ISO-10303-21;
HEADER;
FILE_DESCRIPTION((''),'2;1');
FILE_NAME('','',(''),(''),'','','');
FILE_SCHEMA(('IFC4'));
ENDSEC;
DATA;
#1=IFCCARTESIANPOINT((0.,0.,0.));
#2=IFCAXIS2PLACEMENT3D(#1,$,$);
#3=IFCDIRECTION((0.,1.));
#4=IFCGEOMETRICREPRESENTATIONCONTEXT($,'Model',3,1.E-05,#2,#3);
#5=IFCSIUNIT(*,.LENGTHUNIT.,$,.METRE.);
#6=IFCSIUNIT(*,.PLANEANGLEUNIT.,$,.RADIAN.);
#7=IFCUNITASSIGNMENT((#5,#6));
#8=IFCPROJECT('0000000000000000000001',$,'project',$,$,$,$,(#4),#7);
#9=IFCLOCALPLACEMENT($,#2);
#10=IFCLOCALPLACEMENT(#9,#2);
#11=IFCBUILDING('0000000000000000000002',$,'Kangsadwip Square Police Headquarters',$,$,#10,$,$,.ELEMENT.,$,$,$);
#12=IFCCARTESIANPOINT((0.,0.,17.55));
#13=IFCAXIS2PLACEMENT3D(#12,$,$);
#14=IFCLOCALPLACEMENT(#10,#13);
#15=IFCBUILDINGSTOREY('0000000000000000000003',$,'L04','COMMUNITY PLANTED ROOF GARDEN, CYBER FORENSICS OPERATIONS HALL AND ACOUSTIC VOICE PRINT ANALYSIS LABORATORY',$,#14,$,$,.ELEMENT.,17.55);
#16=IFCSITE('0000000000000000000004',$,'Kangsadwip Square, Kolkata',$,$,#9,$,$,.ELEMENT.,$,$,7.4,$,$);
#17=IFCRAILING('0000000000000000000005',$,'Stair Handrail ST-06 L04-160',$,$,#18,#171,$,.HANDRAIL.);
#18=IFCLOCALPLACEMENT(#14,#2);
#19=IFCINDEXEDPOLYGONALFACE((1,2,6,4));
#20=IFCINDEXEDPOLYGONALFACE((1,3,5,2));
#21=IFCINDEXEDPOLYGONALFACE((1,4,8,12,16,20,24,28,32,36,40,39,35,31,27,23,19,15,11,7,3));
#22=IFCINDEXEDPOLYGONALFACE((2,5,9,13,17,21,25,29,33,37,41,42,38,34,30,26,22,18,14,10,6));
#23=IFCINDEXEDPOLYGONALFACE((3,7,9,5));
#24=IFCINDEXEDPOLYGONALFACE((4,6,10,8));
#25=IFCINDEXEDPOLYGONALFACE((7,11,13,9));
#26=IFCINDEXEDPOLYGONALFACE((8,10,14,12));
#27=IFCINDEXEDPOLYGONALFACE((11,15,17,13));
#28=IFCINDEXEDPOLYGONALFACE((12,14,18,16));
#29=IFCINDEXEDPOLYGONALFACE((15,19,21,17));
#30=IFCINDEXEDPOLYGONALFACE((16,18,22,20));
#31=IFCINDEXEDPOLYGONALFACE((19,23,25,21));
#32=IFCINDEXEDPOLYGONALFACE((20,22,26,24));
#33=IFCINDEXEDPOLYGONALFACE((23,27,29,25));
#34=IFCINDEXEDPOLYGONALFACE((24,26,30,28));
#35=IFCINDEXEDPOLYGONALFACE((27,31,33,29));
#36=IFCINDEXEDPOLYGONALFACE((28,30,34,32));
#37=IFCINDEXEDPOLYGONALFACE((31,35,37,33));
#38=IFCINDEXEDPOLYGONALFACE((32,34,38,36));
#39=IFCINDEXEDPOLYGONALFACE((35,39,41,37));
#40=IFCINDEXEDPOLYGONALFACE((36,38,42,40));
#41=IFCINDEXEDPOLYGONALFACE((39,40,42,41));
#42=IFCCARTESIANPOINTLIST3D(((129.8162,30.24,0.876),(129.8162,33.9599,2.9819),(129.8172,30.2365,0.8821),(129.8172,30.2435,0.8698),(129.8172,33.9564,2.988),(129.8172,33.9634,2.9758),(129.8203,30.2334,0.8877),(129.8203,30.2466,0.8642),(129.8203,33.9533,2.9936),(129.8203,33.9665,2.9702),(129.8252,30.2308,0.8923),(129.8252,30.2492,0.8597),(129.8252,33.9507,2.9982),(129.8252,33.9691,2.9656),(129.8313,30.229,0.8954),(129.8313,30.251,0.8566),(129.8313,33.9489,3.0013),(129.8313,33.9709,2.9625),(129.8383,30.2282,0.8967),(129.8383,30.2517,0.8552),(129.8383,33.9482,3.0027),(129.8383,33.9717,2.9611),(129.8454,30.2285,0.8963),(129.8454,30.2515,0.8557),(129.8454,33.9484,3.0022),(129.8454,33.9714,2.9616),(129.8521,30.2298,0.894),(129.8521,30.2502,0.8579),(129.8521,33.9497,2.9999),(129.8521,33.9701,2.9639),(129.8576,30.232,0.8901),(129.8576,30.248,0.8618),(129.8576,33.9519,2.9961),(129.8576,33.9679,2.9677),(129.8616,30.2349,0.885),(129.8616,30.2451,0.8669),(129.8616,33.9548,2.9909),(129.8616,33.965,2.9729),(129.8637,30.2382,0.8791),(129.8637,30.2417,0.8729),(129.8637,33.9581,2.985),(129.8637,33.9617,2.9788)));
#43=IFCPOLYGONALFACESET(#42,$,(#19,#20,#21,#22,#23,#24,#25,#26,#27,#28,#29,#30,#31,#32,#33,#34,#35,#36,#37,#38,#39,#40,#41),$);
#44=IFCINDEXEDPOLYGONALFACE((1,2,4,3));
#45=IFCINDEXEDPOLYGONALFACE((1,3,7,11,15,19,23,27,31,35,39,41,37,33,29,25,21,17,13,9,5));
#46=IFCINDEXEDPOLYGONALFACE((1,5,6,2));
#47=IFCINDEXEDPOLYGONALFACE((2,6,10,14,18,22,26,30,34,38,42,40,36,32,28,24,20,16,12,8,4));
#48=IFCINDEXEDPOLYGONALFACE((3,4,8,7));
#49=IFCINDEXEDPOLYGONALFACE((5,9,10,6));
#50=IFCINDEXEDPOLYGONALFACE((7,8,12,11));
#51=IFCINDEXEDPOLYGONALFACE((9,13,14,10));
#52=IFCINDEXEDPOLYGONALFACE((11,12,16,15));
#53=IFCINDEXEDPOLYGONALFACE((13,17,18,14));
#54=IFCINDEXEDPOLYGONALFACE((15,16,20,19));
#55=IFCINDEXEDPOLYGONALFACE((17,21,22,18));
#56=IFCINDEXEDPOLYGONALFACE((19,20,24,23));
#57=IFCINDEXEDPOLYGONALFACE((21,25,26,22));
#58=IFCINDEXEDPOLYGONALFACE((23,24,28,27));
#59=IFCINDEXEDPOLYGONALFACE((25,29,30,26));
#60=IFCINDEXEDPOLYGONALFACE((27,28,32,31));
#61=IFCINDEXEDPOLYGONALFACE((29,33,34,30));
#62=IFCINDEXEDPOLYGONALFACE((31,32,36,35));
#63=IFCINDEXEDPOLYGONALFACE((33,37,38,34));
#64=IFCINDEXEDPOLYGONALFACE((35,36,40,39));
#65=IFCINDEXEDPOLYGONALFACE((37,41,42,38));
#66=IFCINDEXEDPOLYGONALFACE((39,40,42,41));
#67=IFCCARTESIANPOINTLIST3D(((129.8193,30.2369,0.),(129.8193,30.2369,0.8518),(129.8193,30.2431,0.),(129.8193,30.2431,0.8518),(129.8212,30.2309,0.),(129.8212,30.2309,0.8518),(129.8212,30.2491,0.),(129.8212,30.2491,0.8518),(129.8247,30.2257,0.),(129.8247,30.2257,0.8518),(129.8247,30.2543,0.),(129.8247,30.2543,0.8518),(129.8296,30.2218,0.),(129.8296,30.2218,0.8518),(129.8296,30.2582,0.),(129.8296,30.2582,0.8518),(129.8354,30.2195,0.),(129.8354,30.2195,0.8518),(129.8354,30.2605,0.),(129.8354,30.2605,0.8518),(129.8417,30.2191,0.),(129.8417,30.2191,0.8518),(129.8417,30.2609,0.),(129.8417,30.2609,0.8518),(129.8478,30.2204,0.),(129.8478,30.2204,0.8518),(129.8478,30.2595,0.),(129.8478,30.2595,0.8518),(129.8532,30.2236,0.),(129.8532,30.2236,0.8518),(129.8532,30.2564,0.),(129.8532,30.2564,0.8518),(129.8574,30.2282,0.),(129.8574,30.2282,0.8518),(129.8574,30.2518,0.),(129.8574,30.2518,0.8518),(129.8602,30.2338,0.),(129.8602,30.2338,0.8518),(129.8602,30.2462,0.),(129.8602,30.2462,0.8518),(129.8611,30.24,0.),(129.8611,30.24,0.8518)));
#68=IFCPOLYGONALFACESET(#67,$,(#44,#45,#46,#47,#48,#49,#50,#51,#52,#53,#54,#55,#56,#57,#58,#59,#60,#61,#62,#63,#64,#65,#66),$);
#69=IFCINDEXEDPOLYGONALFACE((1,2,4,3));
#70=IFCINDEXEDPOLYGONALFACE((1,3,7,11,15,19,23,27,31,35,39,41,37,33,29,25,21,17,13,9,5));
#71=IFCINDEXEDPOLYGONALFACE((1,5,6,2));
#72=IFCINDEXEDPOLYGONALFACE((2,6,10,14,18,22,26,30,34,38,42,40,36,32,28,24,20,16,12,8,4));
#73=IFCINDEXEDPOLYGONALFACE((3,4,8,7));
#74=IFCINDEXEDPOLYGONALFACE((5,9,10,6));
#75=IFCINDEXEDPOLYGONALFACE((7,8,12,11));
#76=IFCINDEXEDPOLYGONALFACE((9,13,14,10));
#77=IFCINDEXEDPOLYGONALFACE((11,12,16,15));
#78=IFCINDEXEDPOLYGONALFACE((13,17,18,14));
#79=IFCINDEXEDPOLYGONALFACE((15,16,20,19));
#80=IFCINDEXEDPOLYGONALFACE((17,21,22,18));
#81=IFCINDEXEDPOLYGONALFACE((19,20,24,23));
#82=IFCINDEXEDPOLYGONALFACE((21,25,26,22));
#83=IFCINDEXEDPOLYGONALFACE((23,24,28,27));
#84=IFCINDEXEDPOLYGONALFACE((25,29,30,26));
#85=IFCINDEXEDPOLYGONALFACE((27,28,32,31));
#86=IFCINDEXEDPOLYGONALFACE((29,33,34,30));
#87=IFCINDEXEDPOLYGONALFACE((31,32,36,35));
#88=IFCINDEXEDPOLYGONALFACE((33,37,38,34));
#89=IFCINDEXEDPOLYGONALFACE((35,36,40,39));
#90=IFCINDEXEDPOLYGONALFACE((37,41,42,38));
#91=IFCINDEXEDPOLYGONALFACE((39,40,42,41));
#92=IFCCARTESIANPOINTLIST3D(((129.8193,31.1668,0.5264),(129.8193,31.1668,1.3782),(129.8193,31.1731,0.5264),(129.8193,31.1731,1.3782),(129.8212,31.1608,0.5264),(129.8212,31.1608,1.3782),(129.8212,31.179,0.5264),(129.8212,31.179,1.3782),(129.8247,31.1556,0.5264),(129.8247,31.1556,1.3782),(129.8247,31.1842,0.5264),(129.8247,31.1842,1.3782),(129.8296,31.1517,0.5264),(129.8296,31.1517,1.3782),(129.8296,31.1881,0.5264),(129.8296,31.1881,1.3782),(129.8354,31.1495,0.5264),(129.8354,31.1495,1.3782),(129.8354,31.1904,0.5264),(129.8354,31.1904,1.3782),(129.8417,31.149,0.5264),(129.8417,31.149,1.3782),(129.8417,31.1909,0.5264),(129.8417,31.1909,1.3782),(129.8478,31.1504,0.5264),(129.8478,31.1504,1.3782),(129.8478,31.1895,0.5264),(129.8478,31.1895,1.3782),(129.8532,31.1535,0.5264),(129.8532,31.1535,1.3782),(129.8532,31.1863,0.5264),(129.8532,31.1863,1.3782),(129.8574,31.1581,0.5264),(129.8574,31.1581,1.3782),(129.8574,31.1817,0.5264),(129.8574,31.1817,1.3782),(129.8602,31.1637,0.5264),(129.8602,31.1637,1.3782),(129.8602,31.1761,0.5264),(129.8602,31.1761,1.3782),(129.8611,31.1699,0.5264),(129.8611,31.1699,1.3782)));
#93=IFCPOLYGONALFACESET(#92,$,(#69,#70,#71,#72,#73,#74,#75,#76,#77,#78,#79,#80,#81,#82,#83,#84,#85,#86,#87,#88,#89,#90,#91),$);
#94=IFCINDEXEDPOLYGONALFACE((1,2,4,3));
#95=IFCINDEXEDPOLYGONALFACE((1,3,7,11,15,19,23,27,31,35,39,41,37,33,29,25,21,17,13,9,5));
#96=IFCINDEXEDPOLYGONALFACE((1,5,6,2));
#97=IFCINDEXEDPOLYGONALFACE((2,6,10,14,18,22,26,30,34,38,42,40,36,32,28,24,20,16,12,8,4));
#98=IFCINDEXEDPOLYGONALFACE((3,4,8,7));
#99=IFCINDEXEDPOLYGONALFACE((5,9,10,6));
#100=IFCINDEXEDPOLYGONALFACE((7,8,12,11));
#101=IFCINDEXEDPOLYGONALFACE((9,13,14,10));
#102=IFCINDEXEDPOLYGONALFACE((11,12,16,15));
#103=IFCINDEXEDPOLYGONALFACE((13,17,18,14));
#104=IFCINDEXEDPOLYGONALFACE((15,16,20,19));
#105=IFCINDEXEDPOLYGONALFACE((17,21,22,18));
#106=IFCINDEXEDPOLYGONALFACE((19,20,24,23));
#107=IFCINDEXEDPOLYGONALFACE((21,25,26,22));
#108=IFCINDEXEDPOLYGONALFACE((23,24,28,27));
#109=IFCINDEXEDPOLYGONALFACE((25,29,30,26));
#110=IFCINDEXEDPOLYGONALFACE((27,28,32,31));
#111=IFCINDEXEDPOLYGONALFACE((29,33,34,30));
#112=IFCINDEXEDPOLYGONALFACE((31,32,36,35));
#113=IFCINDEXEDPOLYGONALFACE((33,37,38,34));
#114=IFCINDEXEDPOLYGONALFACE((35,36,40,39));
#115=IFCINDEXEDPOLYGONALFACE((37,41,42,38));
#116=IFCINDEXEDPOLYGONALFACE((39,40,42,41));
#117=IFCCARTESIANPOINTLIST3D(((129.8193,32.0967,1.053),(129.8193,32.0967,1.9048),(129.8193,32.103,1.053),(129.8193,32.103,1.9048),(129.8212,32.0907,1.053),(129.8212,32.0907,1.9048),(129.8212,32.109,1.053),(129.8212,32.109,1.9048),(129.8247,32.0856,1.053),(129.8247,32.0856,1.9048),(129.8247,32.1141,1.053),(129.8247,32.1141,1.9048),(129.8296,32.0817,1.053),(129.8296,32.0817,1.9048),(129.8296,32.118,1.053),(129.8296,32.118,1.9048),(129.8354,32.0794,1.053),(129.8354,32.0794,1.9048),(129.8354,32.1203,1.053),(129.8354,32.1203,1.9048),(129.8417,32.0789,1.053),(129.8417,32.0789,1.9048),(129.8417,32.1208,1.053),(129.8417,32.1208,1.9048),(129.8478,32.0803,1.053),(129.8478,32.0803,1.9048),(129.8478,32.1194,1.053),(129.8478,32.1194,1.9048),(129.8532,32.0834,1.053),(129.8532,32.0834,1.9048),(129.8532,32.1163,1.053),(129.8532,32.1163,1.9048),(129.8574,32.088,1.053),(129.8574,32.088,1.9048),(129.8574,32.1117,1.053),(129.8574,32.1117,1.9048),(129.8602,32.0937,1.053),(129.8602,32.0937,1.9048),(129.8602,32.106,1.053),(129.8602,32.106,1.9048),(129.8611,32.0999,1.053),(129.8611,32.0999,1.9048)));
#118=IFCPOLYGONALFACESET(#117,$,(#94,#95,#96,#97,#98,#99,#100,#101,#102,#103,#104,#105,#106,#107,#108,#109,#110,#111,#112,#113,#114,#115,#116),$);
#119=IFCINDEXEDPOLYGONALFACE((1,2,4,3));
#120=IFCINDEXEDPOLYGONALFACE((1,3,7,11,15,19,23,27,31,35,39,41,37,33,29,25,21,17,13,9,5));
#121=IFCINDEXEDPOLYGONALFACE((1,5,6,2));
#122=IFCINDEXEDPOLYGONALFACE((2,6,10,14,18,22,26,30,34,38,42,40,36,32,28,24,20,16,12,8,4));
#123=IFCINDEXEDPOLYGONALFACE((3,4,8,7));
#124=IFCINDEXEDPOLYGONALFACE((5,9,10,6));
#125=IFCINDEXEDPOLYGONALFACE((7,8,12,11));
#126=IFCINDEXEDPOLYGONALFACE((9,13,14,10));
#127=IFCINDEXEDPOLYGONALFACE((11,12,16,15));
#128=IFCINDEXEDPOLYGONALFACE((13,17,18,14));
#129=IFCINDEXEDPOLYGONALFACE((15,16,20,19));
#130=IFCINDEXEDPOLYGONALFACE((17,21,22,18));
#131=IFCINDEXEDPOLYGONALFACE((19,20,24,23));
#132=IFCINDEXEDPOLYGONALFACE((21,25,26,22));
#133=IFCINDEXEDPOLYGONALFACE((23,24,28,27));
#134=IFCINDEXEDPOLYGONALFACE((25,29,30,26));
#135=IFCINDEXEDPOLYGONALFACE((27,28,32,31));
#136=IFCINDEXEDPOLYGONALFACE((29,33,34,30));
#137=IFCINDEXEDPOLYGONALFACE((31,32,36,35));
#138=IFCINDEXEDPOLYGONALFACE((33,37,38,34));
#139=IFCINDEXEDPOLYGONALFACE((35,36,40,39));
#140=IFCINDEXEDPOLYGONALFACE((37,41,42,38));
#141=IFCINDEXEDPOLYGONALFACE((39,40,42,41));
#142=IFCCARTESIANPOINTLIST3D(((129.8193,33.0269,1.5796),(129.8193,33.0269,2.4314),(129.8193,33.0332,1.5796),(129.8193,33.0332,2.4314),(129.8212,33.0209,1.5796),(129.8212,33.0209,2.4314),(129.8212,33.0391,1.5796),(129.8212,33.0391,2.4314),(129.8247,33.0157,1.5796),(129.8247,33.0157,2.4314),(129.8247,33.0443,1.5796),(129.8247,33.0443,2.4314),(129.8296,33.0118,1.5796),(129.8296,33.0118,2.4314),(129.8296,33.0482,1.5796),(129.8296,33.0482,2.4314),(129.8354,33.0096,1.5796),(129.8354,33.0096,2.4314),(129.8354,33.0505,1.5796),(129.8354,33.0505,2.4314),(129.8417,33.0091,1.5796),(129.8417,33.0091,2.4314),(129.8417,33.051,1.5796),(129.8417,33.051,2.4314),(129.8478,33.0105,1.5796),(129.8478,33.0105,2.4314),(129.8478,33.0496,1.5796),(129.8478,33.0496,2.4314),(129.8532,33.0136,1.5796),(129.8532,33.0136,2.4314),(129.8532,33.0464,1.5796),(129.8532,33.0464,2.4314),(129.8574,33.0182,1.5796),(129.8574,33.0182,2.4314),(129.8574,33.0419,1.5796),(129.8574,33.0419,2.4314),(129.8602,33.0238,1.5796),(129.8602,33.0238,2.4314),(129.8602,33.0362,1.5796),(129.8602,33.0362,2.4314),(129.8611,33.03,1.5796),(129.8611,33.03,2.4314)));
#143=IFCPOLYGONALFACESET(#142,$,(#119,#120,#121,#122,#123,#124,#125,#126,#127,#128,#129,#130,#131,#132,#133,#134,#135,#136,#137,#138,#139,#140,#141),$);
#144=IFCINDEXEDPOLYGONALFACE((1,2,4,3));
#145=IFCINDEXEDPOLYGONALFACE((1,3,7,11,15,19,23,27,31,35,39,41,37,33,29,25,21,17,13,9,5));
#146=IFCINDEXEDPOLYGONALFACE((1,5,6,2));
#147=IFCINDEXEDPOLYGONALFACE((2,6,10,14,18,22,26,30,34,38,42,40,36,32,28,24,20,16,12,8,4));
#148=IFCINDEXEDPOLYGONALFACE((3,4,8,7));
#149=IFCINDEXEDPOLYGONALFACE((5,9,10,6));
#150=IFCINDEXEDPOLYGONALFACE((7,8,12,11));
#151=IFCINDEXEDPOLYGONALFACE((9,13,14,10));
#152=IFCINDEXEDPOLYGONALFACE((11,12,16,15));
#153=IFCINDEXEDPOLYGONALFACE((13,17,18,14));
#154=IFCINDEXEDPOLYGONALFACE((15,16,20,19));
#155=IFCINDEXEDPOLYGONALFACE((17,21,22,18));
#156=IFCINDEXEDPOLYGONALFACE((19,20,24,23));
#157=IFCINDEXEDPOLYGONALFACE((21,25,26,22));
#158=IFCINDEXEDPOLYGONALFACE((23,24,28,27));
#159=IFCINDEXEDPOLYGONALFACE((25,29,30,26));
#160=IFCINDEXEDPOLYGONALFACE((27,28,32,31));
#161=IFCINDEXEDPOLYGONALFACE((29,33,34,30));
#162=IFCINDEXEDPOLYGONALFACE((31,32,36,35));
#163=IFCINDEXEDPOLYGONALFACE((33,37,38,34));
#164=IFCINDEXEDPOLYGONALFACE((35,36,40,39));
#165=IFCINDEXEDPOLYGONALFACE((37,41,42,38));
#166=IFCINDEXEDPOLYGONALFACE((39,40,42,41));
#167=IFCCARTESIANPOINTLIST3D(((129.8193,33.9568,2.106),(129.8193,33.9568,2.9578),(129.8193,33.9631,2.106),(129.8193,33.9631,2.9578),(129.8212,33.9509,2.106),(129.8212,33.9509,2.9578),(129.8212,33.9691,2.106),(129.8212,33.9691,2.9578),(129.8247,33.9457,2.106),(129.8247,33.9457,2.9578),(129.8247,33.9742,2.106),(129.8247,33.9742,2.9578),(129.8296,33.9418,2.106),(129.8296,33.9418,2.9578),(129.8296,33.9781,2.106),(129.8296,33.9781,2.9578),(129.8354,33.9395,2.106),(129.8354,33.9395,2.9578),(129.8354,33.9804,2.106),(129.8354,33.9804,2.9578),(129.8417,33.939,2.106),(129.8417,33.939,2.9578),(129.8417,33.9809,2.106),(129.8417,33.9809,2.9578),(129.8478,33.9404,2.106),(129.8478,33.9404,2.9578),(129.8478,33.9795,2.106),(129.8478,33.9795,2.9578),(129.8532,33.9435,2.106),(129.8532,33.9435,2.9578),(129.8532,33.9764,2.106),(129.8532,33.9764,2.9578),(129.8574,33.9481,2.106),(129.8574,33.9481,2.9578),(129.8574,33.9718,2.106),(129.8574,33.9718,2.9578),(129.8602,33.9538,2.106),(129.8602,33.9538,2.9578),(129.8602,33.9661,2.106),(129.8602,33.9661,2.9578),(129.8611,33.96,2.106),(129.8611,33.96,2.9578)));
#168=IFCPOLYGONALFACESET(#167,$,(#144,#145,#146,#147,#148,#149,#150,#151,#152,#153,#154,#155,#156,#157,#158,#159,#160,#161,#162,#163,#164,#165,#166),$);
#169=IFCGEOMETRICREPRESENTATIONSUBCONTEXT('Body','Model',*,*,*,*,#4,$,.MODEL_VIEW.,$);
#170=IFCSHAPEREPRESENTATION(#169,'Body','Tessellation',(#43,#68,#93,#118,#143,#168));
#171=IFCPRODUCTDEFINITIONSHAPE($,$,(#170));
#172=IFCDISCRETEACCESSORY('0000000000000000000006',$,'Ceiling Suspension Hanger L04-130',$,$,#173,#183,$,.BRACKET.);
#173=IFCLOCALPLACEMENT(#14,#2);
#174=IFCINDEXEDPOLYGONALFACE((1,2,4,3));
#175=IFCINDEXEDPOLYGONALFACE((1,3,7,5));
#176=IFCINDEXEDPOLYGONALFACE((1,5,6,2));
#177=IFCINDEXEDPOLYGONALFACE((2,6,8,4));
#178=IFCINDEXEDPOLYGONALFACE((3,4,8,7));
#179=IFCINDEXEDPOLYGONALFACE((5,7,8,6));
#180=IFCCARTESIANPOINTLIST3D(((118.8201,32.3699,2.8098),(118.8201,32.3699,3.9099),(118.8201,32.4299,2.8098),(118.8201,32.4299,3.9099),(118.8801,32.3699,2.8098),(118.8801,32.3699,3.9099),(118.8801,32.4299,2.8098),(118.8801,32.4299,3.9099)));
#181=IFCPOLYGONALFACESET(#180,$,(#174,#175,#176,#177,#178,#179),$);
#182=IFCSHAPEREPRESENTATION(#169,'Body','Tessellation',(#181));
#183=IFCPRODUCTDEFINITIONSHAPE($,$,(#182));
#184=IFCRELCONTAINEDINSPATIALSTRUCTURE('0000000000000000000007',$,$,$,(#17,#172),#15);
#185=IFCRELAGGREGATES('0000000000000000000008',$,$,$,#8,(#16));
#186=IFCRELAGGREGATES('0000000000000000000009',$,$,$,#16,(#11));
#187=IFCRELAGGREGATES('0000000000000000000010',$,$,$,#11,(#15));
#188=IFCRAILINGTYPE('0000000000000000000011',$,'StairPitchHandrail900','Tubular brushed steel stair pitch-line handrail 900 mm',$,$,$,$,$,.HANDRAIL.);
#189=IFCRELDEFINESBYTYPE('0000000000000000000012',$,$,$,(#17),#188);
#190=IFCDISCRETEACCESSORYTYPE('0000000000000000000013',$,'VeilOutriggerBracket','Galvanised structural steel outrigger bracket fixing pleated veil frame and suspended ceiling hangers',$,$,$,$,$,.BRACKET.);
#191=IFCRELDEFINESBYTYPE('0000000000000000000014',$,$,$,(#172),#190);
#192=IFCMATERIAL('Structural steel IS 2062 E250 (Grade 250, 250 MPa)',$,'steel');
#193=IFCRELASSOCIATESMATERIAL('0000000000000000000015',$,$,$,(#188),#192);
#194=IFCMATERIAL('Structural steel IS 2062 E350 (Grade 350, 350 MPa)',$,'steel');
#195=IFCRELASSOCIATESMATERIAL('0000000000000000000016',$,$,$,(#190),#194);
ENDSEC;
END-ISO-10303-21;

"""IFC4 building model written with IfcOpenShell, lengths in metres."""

from ifc_helpers import new_model, si_unit, direction, frame, origin, origin_2d, place, context, subcontext, project, spatial, rectangle, circle, extrude, material, type_object, element, save


model = new_model("IFC4")

# Units and contexts
model_context = context("Model", 3, precision=1e-05, world=origin(), true_north=direction((0.0, 1.0)))
body_context = subcontext(model_context, "Body", "Model", "MODEL_VIEW")
ifc_project = project(units=[si_unit("LENGTHUNIT", "METRE"), si_unit("PLANEANGLEUNIT", "RADIAN")], contexts=[model_context])

# Site, building, storey
site_placement = place(None, origin())
site = spatial("IfcSite", under=ifc_project, at=site_placement, Name="Kangsadwip Square, Kolkata", CompositionType="ELEMENT", RefElevation=7.4)
building_placement = place(site_placement, origin())
building = spatial("IfcBuilding", under=site, at=building_placement, Name="Kangsadwip Square Police Headquarters", CompositionType="ELEMENT")
storey_placement = place(building_placement, frame((0.0, 0.0, 17.55)))
storey = spatial("IfcBuildingStorey", under=building, at=storey_placement, Name="L04", Description="COMMUNITY PLANTED ROOF GARDEN, CYBER FORENSICS OPERATIONS HALL AND ACOUSTIC VOICE PRINT ANALYSIS LABORATORY", CompositionType="ELEMENT", Elevation=17.55)

# Railing
ifc_material_1 = material(Name="Structural steel IS 2062 E250 (Grade 250, 250 MPa)", Category="steel")
railing_type = type_object("IfcRailingType", Name="StairPitchHandrail900", Description="Tubular brushed steel stair pitch-line handrail 900 mm", PredefinedType="HANDRAIL", material=ifc_material_1)
railing_placement = place(storey_placement, frame((129.8401, 30.24, 0.0)))
element("IfcRailing", 1, at=railing_placement, inside=storey, type_object=railing_type, Name="Stair Handrail ST-06 L04-160", PredefinedType="HANDRAIL", context=body_context, shape_type="SweptSolid", body=[
    extrude(circle(Radius=0.0239, at=origin_2d()), frame((0.0, 0.0, 0.876), z_axis=(0.0, 0.870225, 0.492654), x_axis=(-1.0, 0.0, 0.0)), (0.0, 0.0, 1.0), 4.2747),
    extrude(circle(Radius=0.021, at=origin_2d()), origin(), (0.0, 0.0, 1.0), 0.8518),
    extrude(circle(Radius=0.021, at=origin_2d()), frame((0.0, 0.9299, 0.5264)), (0.0, 0.0, 1.0), 0.8518),
    extrude(circle(Radius=0.021, at=origin_2d()), frame((0.0, 1.8599, 1.053)), (0.0, 0.0, 1.0), 0.8518),
    extrude(circle(Radius=0.021, at=origin_2d()), frame((0.0, 2.79, 1.5796)), (0.0, 0.0, 1.0), 0.8518),
    extrude(circle(Radius=0.021, at=origin_2d()), frame((0.0, 3.72, 2.106)), (0.0, 0.0, 1.0), 0.8518),
])

# Discrete accessory
ifc_material_2 = material(Name="Structural steel IS 2062 E350 (Grade 350, 350 MPa)", Category="steel")
discrete_accessory_type = type_object("IfcDiscreteAccessoryType", Name="VeilOutriggerBracket", Description="Galvanised structural steel outrigger bracket fixing pleated veil frame and suspended ceiling hangers", PredefinedType="BRACKET", material=ifc_material_2)
discrete_accessory_placement = place(storey_placement, frame((118.8501, 32.3999, 2.8098), z_axis=(0.0, 0.0, 1.0), x_axis=(1.0, 0.0, 0.0)))
element("IfcDiscreteAccessory", 2, at=discrete_accessory_placement, inside=storey, type_object=discrete_accessory_type, Name="Ceiling Suspension Hanger L04-130", PredefinedType="BRACKET", context=body_context, shape_type="SweptSolid", body=[
    extrude(rectangle(XDim=0.0601, YDim=0.0601, at=origin_2d()), origin(), (0.0, 0.0, 1.0), 1.1001),
])

save(model, "model.ifc")
